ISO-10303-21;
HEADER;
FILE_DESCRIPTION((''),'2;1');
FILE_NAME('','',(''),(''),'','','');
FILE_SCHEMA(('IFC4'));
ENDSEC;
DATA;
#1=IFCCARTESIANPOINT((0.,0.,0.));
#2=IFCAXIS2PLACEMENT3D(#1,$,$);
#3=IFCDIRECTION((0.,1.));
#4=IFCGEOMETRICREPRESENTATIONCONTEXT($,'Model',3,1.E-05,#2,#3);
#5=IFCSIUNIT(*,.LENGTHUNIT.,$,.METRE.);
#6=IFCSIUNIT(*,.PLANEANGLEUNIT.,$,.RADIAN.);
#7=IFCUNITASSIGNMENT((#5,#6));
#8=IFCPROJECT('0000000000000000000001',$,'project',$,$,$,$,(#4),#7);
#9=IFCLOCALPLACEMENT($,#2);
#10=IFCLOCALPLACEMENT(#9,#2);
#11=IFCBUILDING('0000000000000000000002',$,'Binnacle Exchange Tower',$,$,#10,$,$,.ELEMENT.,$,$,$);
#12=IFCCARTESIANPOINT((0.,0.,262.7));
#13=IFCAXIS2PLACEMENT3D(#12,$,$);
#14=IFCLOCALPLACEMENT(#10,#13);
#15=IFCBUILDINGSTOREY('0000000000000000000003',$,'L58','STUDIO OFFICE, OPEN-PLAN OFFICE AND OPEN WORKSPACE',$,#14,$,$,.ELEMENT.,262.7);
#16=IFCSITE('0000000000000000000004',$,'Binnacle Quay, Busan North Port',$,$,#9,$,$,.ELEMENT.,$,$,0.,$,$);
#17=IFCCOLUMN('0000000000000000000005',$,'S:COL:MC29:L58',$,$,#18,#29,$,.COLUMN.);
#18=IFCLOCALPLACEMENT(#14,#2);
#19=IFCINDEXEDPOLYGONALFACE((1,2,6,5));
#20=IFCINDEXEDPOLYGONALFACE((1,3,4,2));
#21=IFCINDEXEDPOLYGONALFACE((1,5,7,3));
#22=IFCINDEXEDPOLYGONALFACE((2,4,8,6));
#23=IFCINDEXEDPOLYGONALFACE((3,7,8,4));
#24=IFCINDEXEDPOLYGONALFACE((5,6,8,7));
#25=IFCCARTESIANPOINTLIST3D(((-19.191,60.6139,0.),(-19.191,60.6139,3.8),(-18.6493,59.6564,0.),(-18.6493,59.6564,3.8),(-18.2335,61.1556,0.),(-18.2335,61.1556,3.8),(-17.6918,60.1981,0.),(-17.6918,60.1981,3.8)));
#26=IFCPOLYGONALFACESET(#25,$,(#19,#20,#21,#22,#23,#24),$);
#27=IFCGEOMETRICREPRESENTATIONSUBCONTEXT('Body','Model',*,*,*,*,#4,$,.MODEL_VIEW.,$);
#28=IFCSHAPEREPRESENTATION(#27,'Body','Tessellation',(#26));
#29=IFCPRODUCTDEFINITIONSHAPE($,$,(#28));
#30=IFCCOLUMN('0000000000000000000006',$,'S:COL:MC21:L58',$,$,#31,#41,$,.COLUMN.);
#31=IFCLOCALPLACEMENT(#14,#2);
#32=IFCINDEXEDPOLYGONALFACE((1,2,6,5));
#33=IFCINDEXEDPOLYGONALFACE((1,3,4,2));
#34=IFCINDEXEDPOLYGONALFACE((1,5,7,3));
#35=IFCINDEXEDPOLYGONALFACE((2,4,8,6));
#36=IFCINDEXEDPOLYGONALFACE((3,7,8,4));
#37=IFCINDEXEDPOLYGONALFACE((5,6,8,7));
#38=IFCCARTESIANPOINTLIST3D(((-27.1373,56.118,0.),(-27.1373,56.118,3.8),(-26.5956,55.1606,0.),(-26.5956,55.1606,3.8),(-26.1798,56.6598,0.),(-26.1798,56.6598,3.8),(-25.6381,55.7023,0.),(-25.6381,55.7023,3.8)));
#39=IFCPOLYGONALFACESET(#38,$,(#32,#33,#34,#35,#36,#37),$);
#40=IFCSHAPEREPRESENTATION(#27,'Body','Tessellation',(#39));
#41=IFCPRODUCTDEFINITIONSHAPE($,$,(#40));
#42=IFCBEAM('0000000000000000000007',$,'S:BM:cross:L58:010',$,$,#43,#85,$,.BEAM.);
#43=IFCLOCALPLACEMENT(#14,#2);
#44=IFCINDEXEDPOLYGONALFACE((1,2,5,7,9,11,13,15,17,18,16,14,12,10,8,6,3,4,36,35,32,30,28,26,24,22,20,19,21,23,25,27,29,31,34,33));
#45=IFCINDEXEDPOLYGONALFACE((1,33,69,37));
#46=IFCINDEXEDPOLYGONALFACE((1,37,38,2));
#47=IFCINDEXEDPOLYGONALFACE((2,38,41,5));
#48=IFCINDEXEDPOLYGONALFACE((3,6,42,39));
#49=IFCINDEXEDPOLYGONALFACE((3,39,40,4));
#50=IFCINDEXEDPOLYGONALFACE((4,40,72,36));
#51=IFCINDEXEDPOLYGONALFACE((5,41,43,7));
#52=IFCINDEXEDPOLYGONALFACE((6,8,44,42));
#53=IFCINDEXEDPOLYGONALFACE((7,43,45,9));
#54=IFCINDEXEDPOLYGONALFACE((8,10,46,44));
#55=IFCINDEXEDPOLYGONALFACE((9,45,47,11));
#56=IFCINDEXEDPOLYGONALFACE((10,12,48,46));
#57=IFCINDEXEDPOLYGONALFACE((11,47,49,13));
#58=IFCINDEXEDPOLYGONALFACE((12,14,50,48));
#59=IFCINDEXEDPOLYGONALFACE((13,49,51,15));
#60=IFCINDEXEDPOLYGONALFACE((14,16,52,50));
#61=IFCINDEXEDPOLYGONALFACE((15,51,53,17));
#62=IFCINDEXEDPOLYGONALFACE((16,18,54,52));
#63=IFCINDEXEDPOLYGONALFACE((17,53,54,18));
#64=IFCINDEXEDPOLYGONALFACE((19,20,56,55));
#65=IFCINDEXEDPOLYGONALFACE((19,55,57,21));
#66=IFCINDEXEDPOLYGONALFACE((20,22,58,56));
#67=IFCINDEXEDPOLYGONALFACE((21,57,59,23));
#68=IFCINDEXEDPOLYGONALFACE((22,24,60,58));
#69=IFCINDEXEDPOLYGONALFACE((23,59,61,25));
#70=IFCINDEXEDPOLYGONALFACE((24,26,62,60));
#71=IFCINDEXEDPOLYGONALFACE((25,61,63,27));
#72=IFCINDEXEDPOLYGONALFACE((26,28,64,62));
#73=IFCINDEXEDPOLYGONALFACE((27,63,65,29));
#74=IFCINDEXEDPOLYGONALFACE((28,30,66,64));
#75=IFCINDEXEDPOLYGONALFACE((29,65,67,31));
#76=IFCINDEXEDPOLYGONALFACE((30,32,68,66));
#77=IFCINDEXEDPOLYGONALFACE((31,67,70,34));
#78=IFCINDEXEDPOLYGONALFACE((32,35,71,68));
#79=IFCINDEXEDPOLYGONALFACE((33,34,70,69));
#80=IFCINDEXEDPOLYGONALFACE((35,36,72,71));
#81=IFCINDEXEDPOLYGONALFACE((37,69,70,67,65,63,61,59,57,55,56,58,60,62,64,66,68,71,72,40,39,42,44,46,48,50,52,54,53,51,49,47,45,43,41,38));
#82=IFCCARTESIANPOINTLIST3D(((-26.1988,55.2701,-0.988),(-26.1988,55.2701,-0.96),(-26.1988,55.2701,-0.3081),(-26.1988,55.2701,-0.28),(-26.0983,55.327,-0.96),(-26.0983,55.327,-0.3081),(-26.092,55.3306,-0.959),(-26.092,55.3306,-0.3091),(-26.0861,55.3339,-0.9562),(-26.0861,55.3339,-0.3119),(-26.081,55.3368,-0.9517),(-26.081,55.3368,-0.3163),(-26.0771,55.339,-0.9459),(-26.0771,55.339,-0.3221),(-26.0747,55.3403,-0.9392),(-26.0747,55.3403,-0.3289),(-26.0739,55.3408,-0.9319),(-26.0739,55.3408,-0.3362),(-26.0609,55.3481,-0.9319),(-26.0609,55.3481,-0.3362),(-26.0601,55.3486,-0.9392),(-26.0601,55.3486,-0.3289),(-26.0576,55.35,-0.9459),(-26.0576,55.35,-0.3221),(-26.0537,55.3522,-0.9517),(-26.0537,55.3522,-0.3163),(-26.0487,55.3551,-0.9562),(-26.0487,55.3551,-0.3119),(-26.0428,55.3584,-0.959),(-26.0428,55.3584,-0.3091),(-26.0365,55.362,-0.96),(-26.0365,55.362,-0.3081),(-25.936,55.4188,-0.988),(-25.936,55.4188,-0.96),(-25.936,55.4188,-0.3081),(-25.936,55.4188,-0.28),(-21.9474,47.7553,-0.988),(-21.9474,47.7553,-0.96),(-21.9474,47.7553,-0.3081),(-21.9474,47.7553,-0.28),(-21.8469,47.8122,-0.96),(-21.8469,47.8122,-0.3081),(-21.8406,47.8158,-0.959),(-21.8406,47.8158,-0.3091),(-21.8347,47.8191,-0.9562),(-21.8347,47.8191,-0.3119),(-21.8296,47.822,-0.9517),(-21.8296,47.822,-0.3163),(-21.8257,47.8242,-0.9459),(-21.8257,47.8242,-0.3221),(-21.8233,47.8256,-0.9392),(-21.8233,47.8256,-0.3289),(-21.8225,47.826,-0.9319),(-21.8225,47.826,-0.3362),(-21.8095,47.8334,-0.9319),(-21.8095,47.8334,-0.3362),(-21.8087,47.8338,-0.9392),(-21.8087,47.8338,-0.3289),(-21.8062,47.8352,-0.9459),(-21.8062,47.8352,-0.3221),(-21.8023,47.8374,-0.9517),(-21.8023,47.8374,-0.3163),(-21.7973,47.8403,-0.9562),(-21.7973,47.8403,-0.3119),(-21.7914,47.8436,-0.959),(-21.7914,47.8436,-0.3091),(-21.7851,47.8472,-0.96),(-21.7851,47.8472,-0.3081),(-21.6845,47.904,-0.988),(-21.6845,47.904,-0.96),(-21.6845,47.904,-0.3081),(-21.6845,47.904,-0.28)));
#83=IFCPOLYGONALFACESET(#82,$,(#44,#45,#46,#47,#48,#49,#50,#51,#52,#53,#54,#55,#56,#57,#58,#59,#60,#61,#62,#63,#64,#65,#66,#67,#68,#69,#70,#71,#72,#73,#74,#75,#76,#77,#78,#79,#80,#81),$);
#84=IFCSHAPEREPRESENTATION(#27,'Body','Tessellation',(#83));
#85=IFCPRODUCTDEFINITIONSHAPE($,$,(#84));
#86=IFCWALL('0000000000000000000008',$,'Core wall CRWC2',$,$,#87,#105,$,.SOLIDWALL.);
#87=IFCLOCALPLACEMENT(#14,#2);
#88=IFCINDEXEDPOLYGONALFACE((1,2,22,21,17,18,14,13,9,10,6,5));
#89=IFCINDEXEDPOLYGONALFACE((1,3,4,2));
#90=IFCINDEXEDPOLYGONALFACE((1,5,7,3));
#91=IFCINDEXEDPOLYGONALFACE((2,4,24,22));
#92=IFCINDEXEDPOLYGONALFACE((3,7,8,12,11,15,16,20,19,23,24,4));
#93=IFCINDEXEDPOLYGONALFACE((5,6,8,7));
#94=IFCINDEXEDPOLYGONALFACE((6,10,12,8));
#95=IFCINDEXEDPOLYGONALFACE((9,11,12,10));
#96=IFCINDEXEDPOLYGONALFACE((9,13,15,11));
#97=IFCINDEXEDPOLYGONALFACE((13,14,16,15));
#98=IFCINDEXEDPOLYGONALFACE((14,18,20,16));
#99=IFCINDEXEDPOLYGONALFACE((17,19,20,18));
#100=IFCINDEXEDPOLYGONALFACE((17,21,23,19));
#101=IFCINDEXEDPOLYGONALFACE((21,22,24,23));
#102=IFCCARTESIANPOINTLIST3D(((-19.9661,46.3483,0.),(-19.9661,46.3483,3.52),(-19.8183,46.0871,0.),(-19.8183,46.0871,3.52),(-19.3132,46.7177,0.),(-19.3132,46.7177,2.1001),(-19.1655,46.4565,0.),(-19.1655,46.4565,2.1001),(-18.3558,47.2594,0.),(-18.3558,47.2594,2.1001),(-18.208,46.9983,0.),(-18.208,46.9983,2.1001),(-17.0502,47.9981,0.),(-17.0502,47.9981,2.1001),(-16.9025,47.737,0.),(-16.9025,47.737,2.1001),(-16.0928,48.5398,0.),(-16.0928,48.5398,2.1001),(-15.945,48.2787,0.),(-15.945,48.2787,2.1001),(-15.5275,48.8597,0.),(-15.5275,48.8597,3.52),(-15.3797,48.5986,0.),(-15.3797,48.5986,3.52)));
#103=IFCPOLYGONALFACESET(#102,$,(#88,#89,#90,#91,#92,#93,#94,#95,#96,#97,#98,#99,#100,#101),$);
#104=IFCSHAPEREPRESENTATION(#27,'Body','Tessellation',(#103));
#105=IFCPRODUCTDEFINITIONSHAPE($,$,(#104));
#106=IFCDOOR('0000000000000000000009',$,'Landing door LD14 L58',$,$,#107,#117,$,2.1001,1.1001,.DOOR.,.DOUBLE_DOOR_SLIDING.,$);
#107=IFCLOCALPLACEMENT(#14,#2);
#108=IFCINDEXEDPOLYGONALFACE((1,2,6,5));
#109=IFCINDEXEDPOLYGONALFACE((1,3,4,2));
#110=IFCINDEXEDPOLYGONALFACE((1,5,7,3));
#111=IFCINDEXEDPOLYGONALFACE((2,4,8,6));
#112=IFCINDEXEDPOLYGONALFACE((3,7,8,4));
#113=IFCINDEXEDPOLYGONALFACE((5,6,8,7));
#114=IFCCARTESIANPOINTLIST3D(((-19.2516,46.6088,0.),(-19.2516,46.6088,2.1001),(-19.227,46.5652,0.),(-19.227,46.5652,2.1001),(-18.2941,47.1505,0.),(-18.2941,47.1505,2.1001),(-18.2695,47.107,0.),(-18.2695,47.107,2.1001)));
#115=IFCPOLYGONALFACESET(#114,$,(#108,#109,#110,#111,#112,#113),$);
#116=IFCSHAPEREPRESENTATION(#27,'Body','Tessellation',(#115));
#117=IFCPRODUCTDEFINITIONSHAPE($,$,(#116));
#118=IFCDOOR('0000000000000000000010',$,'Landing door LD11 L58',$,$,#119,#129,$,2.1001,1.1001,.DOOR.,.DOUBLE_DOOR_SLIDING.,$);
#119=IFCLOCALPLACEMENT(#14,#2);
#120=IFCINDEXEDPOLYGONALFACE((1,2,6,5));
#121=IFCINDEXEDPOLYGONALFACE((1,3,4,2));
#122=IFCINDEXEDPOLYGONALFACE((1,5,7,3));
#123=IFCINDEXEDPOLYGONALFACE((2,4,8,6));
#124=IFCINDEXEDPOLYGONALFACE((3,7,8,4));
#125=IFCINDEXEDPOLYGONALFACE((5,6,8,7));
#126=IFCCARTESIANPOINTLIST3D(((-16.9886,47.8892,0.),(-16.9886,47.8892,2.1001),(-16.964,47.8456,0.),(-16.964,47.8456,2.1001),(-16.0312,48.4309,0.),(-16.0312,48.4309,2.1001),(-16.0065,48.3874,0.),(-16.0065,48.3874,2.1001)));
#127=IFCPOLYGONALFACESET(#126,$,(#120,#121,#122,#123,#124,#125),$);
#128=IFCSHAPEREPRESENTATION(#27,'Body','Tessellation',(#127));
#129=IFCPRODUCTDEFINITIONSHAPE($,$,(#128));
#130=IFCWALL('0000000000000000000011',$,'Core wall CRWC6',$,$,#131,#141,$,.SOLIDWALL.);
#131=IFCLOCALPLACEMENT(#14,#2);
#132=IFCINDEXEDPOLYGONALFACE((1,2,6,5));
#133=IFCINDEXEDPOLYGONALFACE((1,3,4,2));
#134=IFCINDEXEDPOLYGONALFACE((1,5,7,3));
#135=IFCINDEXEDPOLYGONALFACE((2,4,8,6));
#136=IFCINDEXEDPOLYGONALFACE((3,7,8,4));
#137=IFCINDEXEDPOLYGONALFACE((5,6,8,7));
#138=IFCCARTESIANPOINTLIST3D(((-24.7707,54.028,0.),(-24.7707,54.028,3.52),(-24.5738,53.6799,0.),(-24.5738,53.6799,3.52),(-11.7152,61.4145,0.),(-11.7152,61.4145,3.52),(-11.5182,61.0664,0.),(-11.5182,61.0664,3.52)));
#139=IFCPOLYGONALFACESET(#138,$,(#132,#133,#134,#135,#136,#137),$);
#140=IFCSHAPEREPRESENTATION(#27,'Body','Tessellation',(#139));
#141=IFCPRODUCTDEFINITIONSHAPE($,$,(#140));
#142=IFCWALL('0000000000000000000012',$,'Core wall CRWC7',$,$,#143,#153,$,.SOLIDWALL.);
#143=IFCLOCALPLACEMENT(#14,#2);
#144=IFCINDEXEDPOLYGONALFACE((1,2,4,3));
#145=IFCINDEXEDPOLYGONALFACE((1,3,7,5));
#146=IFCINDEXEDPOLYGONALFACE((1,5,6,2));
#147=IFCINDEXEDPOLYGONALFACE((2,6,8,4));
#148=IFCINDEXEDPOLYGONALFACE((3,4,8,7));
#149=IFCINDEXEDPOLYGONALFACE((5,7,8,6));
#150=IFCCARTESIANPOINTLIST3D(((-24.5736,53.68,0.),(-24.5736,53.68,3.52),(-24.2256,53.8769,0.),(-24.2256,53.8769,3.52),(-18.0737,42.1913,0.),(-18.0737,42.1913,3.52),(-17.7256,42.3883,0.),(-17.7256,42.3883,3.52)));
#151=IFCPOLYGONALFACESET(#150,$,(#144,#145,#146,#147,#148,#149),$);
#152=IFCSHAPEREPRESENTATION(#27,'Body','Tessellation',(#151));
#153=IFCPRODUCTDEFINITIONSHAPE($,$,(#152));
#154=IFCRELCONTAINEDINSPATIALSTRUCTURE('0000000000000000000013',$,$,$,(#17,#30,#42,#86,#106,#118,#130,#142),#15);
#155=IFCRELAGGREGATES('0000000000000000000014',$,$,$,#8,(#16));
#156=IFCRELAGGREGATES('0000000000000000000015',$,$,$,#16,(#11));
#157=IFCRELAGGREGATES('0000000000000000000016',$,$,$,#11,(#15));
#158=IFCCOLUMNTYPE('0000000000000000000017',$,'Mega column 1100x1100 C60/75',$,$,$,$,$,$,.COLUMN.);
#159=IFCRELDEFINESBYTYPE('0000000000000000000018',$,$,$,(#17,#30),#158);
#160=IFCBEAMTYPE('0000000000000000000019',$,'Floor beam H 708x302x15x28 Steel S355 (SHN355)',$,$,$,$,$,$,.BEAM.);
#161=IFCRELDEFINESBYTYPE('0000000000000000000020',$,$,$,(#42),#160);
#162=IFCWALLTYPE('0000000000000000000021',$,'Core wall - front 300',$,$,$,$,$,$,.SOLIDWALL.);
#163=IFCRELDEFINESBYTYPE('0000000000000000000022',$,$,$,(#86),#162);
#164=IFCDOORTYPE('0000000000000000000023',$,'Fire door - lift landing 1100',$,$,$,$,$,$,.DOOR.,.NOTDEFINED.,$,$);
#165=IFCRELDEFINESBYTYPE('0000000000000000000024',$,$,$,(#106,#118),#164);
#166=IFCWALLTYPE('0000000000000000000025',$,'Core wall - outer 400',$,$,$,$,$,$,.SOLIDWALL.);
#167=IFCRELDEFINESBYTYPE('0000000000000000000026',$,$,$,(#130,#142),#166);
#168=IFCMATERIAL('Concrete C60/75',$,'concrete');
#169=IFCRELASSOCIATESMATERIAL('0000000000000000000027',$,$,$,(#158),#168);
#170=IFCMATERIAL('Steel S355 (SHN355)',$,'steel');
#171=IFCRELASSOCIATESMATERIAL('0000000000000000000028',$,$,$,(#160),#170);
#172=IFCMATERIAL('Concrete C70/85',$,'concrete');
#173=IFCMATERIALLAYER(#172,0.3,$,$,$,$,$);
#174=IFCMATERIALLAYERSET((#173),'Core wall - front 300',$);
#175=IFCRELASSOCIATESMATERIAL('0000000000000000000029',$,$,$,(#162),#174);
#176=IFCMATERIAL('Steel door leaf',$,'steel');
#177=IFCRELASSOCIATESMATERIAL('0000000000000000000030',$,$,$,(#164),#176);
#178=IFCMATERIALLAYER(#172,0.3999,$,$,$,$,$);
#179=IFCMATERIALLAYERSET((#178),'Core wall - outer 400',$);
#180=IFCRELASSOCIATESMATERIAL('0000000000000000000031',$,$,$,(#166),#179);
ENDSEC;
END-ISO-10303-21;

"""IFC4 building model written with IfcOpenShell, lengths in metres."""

from ifc_helpers import new_model, si_unit, direction, frame, frame_2d, origin, origin_2d, place, context, subcontext, project, spatial, rectangle, i_section, extrude, material, layer, layer_set, material_profile, profile_set, type_object, element, fill, save


model = new_model("IFC4")

# Units and contexts
model_context = context("Model", 3, precision=1e-05, world=origin(), true_north=direction((0.0, 1.0)))
body_context = subcontext(model_context, "Body", "Model", "MODEL_VIEW")
ifc_project = project(units=[si_unit("LENGTHUNIT", "METRE"), si_unit("PLANEANGLEUNIT", "RADIAN")], contexts=[model_context])

# Site, building, storey
site_placement = place(None, origin())
site = spatial("IfcSite", under=ifc_project, at=site_placement, Name="Binnacle Quay, Busan North Port", CompositionType="ELEMENT", RefElevation=0.0)
building_placement = place(site_placement, origin())
building = spatial("IfcBuilding", under=site, at=building_placement, Name="Binnacle Exchange Tower", CompositionType="ELEMENT")
storey_placement = place(building_placement, frame((0.0, 0.0, 262.7)))
storey = spatial("IfcBuildingStorey", under=building, at=storey_placement, Name="L58", Description="STUDIO OFFICE, OPEN-PLAN OFFICE AND OPEN WORKSPACE", CompositionType="ELEMENT", Elevation=262.7)

# Columns
ifc_material_1 = material(Name="Concrete C60/75", Category="concrete")
ifc_material_profile_1 = material_profile(ifc_material_1, rectangle(XDim=1.1001, YDim=1.1001, at=origin_2d()), Name="Mega column 1100x1100 C60/75")
ifc_profile_set_1 = profile_set([ifc_material_profile_1], Name="Concrete C60/75")
column_type = type_object("IfcColumnType", Name="Mega column 1100x1100 C60/75", PredefinedType="COLUMN", material=ifc_profile_set_1)
for number, where, z_axis, x_axis, name in (
    (1, (-18.4414, 60.406, 0.0), (0.0, 0.0, 1.0), (-0.870356, -0.492424, 0.0), "S:COL:MC29:L58"),
    (2, (-26.3877, 55.9102, 0.0), (0.0, 0.0, 1.0), (-0.870356, -0.492424, 0.0), "S:COL:MC21:L58"),
):
    element("IfcColumn", number, at=place(storey_placement, frame(where, z_axis=z_axis, x_axis=x_axis)), inside=storey, type_object=column_type, Name=name, PredefinedType="COLUMN", context=body_context, shape_type="SweptSolid", body=[
        extrude(rectangle(XDim=1.1001, YDim=1.1001, at=origin_2d()), origin(), (0.0, 0.0, 1.0), 3.8),
    ])

# Beam
ifc_material_2 = material(Name="Steel S355 (SHN355)", Category="steel")
ifc_material_profile_2 = material_profile(ifc_material_2, i_section(OverallWidth=0.302, OverallDepth=0.708, WebThickness=0.0149, FlangeThickness=0.0281, FilletRadius=0.0281, at=origin_2d()), Name="H 708x302x15x28")
ifc_profile_set_2 = profile_set([ifc_material_profile_2], Name="Steel S355 (SHN355)")
beam_type = type_object("IfcBeamType", Name="Floor beam H 708x302x15x28 Steel S355 (SHN355)", PredefinedType="BEAM", material=ifc_profile_set_2)
beam_placement = place(storey_placement, frame((-26.0674, 55.3445, -0.634), z_axis=(0.492401, -0.870368, 0.0), x_axis=(0.870368, 0.492401, 0.0)))
element("IfcBeam", 3, at=beam_placement, inside=storey, type_object=beam_type, Name="S:BM:cross:L58:010", PredefinedType="BEAM", context=body_context, shape_type="SweptSolid", body=[
    extrude(i_section(OverallWidth=0.302, OverallDepth=0.708, WebThickness=0.0149, FlangeThickness=0.0281, FilletRadius=0.0281, at=origin_2d()), origin(), (0.0, 0.0, 1.0), 8.634),
])

# Wall, openings, doors
ifc_material_3 = material(Name="Concrete C70/85", Category="concrete")
ifc_layer_1 = layer(ifc_material_3, 0.3)
ifc_layer_set_1 = layer_set([ifc_layer_1], Name="Core wall - front 300")
wall_type_1 = type_object("IfcWallType", Name="Core wall - front 300", PredefinedType="SOLIDWALL", material=ifc_layer_set_1)
wall_1_placement = place(storey_placement, frame((-19.8921, 46.2178, 0.0), z_axis=(0.0, 0.0, 1.0), x_axis=(0.870342, 0.492448, 0.0)))
wall_1 = element("IfcWall", 4, at=wall_1_placement, inside=storey, type_object=wall_type_1, Name="Core wall CRWC2", PredefinedType="SOLIDWALL", context=body_context, shape_type="SweptSolid", body=[
    extrude(rectangle(XDim=5.0999, YDim=0.3, at=frame_2d((2.5498, 0.0))), origin(), (0.0, 0.0, 1.0), 3.52),
])
opening_1_placement = place(wall_1_placement, frame((0.75, 0.0, 0.0)))
opening_1 = element("IfcOpeningElement", 5, at=opening_1_placement, cuts=wall_1, PredefinedType="OPENING", context=body_context, shape_type="SweptSolid", body=[
    extrude(rectangle(XDim=1.1001, YDim=2.1001, at=frame_2d((0.55, 1.05))), frame((0.0, 0.1599, 0.0), z_axis=(0.0, -1.0, 0.0), x_axis=(1.0, 0.0, 0.0)), (0.0, 0.0, 1.0), 0.3201),
])
opening_2_placement = place(wall_1_placement, frame((3.3501, 0.0, 0.0)))
opening_2 = element("IfcOpeningElement", 6, at=opening_2_placement, cuts=wall_1, PredefinedType="OPENING", context=body_context, shape_type="SweptSolid", body=[
    extrude(rectangle(XDim=1.1001, YDim=2.1001, at=frame_2d((0.55, 1.05))), frame((0.0, 0.1599, 0.0), z_axis=(0.0, -1.0, 0.0), x_axis=(1.0, 0.0, 0.0)), (0.0, 0.0, 1.0), 0.3201),
])
ifc_material_4 = material(Name="Steel door leaf", Category="steel")
door_type_1 = type_object("IfcDoorType", Name="Fire door - lift landing 1100", OperationType="NOTDEFINED", PredefinedType="DOOR", material=ifc_material_4)
door_1_placement = place(opening_1_placement, origin())
door_1 = element("IfcDoor", 7, at=door_1_placement, inside=storey, type_object=door_type_1, Name="Landing door LD14 L58", OperationType="DOUBLE_DOOR_SLIDING", OverallHeight=2.1001, OverallWidth=1.1001, PredefinedType="DOOR", context=body_context, shape_type="SweptSolid", body=[
    extrude(rectangle(XDim=1.1001, YDim=2.1001, at=frame_2d((0.55, 1.05))), frame((0.0, 0.0249, 0.0), z_axis=(0.0, -1.0, 0.0), x_axis=(1.0, 0.0, 0.0)), (0.0, 0.0, 1.0), 0.05),
])
fill(opening_1, door_1)
door_2_placement = place(opening_2_placement, origin())
door_2 = element("IfcDoor", 8, at=door_2_placement, inside=storey, type_object=door_type_1, Name="Landing door LD11 L58", OperationType="DOUBLE_DOOR_SLIDING", OverallHeight=2.1001, OverallWidth=1.1001, PredefinedType="DOOR", context=body_context, shape_type="SweptSolid", body=[
    extrude(rectangle(XDim=1.1001, YDim=2.1001, at=frame_2d((0.55, 1.05))), frame((0.0, 0.0249, 0.0), z_axis=(0.0, -1.0, 0.0), x_axis=(1.0, 0.0, 0.0)), (0.0, 0.0, 1.0), 0.05),
])
fill(opening_2, door_2)

# Walls
ifc_layer_2 = layer(ifc_material_3, 0.3999)
ifc_layer_set_2 = layer_set([ifc_layer_2], Name="Core wall - outer 400")
wall_type_2 = type_object("IfcWallType", Name="Core wall - outer 400", PredefinedType="SOLIDWALL", material=ifc_layer_set_2)
wall_2_placement = place(storey_placement, frame((-24.6721, 53.854, 0.0), z_axis=(0.0, 0.0, 1.0), x_axis=(0.870354, 0.492427, 0.0)))
element("IfcWall", 9, at=wall_2_placement, inside=storey, type_object=wall_type_2, Name="Core wall CRWC6", PredefinedType="SOLIDWALL", context=body_context, shape_type="SweptSolid", body=[
    extrude(rectangle(XDim=15.0002, YDim=0.3999, at=frame_2d((7.5, 0.0))), origin(), (0.0, 0.0, 1.0), 3.52),
])
wall_3_placement = place(storey_placement, frame((-24.3997, 53.7786, 0.0), z_axis=(0.0, 0.0, 1.0), x_axis=(0.492422, -0.870357, 0.0)))
element("IfcWall", 10, at=wall_3_placement, inside=storey, type_object=wall_type_2, Name="Core wall CRWC7", PredefinedType="SOLIDWALL", context=body_context, shape_type="SweptSolid", body=[
    extrude(rectangle(XDim=13.2, YDim=0.3999, at=frame_2d((6.6001, 0.0))), origin(), (0.0, 0.0, 1.0), 3.52),
])

save(model, "model.ifc")
